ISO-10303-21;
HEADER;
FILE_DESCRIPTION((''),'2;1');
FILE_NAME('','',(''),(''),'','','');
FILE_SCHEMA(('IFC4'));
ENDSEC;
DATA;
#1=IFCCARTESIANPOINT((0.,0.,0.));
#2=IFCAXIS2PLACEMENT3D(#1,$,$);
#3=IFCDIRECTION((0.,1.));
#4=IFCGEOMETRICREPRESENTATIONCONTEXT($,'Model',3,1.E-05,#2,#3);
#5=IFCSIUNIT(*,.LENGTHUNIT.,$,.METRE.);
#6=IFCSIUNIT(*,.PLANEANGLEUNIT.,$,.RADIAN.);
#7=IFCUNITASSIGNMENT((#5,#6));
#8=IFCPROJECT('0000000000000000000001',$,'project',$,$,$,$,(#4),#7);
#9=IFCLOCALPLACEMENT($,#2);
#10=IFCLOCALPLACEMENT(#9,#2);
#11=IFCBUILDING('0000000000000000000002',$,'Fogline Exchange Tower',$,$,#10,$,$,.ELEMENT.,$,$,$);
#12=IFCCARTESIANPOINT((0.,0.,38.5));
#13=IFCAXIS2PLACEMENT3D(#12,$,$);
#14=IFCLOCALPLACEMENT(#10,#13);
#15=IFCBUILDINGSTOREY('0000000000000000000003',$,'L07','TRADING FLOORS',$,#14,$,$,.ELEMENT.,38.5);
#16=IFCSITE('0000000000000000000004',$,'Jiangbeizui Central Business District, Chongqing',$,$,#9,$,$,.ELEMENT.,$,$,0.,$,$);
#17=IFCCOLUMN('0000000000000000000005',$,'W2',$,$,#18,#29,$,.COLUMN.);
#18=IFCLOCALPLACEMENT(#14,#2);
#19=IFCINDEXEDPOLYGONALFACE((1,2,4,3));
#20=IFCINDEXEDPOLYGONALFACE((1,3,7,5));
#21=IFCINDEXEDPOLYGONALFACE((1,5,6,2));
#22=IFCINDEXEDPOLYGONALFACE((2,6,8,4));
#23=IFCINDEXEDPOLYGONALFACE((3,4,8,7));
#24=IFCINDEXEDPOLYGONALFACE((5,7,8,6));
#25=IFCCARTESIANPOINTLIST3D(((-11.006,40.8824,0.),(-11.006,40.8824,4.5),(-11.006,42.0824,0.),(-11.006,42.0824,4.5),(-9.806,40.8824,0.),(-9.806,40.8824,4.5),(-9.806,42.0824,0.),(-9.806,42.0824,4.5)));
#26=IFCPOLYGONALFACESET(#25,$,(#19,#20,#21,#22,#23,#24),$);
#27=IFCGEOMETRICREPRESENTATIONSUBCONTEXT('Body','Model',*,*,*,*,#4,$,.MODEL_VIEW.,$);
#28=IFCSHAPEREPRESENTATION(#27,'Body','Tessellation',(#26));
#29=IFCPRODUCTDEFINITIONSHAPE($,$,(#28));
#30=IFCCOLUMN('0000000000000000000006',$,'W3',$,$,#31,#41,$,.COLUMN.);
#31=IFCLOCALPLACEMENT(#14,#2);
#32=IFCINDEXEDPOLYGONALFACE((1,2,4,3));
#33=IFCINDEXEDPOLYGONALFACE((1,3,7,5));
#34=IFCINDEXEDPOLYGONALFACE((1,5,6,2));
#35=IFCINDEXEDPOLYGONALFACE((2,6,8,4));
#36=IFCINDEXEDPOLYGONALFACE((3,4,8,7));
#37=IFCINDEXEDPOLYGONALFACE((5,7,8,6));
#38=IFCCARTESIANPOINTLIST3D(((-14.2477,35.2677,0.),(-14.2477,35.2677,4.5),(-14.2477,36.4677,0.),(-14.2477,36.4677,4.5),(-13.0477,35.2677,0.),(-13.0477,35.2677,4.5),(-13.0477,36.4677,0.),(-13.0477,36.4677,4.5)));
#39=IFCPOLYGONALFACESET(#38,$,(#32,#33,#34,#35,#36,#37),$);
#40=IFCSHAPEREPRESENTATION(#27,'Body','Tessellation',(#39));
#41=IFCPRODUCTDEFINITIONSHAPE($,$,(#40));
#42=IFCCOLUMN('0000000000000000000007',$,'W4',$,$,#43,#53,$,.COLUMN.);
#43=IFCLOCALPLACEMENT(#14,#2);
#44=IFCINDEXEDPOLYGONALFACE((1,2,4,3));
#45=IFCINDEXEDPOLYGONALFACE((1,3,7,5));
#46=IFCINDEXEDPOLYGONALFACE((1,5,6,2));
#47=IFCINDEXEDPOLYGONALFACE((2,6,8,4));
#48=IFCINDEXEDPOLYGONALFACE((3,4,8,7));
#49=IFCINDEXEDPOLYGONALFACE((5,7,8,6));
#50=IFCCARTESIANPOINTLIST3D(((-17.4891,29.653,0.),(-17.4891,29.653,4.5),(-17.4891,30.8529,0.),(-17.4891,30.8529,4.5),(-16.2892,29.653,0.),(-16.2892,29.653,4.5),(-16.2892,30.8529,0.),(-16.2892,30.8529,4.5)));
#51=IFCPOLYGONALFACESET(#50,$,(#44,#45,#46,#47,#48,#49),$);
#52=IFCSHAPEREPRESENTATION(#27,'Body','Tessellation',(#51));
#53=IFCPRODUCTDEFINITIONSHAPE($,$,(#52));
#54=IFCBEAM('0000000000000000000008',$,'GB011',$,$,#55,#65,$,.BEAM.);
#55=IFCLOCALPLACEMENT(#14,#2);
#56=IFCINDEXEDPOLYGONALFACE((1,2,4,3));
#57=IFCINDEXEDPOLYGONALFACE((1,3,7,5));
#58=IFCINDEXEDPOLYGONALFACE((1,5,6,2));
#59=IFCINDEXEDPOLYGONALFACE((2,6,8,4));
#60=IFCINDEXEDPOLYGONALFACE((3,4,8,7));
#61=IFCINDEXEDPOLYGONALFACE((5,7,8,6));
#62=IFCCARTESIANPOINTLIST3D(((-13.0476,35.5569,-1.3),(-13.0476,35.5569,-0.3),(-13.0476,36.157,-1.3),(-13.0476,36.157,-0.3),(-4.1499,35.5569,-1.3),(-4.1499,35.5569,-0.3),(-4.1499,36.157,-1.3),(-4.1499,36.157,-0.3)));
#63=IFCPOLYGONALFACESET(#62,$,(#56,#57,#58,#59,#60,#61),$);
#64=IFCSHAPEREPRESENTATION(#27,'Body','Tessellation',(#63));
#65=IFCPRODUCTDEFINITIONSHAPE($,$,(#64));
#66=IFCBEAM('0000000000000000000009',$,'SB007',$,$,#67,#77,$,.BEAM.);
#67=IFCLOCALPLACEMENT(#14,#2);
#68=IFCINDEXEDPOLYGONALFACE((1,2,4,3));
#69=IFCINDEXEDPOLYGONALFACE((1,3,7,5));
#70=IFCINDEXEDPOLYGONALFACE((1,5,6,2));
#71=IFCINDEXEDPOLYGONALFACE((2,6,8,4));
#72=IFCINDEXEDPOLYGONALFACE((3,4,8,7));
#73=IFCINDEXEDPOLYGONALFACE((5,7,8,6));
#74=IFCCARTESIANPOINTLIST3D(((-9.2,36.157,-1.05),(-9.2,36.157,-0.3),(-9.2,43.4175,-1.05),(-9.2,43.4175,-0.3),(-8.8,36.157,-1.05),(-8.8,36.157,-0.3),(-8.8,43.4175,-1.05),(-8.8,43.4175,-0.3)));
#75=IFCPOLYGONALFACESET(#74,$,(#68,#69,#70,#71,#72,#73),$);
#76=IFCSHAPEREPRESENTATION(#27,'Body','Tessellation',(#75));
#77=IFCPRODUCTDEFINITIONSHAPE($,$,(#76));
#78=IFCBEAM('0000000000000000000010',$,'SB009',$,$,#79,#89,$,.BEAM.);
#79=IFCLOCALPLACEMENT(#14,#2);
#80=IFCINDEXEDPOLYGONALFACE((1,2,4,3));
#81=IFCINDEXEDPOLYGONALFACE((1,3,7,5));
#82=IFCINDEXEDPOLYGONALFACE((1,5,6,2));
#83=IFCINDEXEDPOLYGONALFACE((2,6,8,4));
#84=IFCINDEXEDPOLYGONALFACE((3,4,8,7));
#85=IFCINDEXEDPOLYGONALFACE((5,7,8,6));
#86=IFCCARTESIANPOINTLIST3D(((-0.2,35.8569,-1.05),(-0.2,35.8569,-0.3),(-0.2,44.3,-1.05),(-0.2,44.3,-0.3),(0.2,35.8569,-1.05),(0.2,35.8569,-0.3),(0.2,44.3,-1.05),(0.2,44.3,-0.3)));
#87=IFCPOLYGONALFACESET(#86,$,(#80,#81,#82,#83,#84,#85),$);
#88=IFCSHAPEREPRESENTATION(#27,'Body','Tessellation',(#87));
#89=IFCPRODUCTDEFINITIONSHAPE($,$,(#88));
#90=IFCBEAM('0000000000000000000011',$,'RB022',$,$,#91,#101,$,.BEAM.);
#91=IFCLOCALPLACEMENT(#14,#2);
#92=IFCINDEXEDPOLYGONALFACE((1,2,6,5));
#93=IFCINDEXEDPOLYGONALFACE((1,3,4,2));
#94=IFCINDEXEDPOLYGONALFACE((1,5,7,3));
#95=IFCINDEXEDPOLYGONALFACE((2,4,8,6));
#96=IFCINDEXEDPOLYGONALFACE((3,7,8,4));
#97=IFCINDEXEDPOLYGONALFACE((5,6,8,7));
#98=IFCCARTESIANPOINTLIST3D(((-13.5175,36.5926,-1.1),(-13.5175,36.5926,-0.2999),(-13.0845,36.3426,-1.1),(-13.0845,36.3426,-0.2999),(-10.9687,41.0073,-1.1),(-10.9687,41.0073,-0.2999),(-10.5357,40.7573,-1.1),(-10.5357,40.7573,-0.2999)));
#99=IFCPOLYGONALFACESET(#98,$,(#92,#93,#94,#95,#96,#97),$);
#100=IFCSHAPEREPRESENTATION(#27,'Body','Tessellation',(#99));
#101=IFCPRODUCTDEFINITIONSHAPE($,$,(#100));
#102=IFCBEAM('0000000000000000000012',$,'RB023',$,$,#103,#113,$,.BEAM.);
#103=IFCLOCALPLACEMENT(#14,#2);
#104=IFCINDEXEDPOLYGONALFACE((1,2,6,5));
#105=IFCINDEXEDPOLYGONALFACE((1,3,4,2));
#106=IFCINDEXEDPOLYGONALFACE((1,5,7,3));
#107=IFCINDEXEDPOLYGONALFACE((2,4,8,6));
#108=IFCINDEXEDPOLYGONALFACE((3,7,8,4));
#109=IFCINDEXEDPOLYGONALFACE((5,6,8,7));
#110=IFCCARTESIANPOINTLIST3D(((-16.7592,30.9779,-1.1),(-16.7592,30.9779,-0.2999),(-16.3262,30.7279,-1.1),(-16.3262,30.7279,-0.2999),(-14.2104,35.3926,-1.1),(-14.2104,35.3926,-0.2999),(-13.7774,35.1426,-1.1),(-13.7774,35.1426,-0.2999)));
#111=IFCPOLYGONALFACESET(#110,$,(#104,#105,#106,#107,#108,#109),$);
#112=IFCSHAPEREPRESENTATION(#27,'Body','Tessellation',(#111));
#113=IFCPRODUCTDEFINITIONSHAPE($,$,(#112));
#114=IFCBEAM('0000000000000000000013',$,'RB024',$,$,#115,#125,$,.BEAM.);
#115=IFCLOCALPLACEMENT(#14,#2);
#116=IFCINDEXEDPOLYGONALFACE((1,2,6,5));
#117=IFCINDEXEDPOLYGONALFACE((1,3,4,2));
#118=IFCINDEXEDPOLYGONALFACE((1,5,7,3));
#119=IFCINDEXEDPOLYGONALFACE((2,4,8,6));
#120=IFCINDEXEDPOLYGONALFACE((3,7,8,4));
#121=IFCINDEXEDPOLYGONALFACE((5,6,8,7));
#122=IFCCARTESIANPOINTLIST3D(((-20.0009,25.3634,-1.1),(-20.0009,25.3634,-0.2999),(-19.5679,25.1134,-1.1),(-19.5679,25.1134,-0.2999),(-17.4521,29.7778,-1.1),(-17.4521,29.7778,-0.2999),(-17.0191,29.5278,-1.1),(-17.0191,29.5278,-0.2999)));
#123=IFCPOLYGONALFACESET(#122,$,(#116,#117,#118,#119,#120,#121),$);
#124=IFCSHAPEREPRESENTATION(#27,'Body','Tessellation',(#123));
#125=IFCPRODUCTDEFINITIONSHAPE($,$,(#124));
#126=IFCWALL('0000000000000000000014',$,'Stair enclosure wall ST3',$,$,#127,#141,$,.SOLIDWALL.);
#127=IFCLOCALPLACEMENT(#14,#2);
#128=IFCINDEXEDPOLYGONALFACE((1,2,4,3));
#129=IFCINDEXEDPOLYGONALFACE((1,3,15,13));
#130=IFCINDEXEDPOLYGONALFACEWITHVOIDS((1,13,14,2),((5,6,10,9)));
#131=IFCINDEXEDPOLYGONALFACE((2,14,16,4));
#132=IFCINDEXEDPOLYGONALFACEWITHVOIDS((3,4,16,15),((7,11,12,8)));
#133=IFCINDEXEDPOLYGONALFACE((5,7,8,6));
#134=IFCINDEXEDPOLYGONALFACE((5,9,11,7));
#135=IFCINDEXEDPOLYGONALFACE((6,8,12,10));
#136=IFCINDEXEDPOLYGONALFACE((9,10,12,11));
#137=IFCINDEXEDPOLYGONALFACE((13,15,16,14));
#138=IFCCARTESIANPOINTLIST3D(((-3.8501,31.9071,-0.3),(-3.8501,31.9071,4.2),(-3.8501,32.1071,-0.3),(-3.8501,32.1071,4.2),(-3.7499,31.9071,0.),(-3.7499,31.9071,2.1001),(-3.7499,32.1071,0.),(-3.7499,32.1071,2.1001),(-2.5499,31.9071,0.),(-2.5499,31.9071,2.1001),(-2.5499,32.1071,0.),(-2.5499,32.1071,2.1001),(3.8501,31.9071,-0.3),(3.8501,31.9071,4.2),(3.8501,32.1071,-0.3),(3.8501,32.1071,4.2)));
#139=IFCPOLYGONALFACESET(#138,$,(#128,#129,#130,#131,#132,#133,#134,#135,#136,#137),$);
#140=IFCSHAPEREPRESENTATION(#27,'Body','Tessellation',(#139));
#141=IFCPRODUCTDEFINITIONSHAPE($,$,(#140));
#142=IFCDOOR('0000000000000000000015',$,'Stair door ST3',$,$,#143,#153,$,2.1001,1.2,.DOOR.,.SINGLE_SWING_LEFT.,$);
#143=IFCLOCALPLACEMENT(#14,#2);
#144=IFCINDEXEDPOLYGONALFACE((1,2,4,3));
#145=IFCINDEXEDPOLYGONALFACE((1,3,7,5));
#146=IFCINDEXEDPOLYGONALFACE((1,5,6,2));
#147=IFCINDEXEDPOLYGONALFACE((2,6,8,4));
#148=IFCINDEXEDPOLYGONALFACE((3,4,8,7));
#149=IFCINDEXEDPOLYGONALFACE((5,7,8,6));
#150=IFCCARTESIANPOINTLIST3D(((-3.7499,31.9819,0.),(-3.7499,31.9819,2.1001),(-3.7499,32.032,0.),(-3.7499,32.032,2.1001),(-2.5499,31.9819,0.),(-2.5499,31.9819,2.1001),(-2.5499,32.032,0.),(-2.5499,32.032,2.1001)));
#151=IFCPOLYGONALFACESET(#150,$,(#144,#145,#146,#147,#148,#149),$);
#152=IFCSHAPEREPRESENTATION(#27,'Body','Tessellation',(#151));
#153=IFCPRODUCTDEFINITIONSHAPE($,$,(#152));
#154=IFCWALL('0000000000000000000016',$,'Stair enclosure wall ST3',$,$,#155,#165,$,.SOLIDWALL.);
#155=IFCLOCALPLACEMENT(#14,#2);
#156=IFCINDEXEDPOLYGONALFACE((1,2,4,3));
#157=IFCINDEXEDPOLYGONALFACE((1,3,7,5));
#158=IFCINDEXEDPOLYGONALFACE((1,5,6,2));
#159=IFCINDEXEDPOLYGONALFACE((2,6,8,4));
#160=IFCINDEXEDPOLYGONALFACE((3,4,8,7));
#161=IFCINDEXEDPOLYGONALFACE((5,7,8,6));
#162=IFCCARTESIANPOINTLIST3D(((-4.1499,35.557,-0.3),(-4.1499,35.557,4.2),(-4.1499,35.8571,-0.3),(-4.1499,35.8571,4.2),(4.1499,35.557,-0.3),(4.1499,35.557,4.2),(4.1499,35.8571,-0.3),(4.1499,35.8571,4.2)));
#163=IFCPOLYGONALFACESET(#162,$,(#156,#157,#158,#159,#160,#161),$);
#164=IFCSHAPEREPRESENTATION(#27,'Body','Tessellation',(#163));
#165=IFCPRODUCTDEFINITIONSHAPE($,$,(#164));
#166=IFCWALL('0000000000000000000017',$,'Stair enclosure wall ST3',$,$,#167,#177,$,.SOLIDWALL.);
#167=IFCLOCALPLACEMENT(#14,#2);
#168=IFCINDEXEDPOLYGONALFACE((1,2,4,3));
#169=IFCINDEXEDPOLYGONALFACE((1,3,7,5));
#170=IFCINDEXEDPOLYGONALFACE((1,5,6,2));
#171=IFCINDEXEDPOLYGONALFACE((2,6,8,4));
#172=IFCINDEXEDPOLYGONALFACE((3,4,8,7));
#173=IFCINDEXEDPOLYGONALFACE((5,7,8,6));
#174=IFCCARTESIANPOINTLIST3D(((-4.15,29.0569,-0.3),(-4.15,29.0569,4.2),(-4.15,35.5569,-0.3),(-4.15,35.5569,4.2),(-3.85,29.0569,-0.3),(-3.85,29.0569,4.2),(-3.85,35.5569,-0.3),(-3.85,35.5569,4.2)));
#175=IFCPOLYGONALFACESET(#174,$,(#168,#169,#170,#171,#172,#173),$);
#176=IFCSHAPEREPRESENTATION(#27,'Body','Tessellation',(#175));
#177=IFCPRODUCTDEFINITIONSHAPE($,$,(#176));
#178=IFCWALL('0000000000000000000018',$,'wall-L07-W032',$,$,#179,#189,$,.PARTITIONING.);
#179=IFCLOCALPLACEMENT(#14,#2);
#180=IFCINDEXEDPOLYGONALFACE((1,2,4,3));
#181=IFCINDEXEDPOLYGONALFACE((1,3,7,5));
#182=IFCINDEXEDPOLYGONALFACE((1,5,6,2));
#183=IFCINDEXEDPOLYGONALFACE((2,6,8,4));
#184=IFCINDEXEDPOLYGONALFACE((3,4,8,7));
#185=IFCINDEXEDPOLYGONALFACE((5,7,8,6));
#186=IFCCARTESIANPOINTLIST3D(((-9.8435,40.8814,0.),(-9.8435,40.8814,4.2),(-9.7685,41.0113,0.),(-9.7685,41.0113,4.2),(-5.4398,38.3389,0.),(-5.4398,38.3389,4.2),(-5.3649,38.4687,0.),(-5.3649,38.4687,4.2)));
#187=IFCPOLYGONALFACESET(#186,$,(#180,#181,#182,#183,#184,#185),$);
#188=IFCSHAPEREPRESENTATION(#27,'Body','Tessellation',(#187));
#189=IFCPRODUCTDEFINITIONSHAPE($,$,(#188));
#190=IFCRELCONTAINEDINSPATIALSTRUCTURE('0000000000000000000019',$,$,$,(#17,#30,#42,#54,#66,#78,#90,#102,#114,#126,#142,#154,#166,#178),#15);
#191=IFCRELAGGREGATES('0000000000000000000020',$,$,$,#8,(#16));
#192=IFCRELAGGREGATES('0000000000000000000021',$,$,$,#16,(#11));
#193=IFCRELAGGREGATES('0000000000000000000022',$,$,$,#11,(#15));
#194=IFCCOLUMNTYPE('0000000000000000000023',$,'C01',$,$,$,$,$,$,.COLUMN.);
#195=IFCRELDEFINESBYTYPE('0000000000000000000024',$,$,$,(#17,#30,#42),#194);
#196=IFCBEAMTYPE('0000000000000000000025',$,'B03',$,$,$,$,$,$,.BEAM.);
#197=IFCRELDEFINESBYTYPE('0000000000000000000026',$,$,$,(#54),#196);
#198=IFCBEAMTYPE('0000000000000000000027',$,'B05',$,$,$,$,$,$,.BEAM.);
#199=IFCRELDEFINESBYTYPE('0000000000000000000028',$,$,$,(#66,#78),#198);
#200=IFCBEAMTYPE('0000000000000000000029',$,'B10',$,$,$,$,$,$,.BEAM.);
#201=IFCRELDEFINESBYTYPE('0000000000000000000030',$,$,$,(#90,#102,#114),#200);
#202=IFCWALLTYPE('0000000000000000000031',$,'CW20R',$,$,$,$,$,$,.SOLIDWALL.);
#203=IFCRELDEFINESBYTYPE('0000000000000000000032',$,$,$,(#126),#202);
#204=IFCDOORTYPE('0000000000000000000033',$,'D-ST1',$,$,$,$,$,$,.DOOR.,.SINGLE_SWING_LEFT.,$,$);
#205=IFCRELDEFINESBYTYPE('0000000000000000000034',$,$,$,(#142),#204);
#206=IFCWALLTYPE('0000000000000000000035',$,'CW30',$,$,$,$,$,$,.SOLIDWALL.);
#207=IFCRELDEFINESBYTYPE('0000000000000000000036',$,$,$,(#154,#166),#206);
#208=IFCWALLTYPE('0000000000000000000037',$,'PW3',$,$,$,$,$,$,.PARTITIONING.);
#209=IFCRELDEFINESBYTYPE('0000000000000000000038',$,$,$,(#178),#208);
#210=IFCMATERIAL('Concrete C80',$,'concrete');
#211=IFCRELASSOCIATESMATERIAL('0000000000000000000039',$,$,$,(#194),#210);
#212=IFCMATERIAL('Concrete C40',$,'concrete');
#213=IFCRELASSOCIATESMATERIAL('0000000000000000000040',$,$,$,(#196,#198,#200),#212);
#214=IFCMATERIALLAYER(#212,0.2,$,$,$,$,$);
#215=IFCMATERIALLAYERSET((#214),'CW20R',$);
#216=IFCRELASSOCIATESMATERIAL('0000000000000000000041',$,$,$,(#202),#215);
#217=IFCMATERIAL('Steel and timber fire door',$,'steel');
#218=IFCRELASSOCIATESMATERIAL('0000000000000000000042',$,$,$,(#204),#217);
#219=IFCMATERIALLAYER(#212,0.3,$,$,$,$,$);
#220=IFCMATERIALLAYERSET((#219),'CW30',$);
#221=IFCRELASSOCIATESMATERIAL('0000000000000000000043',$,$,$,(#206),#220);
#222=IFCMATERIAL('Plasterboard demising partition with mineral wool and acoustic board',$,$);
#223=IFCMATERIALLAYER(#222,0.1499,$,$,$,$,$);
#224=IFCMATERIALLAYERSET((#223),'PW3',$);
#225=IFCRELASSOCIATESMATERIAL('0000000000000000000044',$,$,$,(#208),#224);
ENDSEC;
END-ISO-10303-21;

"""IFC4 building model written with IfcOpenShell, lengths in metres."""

from ifc_helpers import new_model, si_unit, direction, frame, frame_2d, origin, origin_2d, place, context, subcontext, project, spatial, rectangle, extrude, material, layer, layer_set, material_profile, profile_set, type_object, element, fill, save


model = new_model("IFC4")

# Units and contexts
model_context = context("Model", 3, precision=1e-05, world=origin(), true_north=direction((0.0, 1.0)))
body_context = subcontext(model_context, "Body", "Model", "MODEL_VIEW")
ifc_project = project(units=[si_unit("LENGTHUNIT", "METRE"), si_unit("PLANEANGLEUNIT", "RADIAN")], contexts=[model_context])

# Site, building, storey
site_placement = place(None, origin())
site = spatial("IfcSite", under=ifc_project, at=site_placement, Name="Jiangbeizui Central Business District, Chongqing", CompositionType="ELEMENT", RefElevation=0.0)
building_placement = place(site_placement, origin())
building = spatial("IfcBuilding", under=site, at=building_placement, Name="Fogline Exchange Tower", CompositionType="ELEMENT")
storey_placement = place(building_placement, frame((0.0, 0.0, 38.5)))
storey = spatial("IfcBuildingStorey", under=building, at=storey_placement, Name="L07", Description="TRADING FLOORS", CompositionType="ELEMENT", Elevation=38.5)

# Columns
ifc_material_1 = material(Name="Concrete C80", Category="concrete")
ifc_material_profile_1 = material_profile(ifc_material_1, rectangle(XDim=1.2, YDim=1.2, at=origin_2d()), Name="RC 1200x1200")
ifc_profile_set_1 = profile_set([ifc_material_profile_1], Name="Concrete C80")
column_type = type_object("IfcColumnType", Name="C01", PredefinedType="COLUMN", material=ifc_profile_set_1)
for number, where, z_axis, x_axis, name in (
    (1, (-10.406, 41.4824, 0.0), (0.0, 0.0, 1.0), (1.0, 0.0, 0.0), "W2"),
    (2, (-13.6477, 35.8677, 0.0), (0.0, 0.0, 1.0), (1.0, 0.0, 0.0), "W3"),
    (3, (-16.8892, 30.2529, 0.0), (0.0, 0.0, 1.0), (1.0, 0.0, 0.0), "W4"),
):
    element("IfcColumn", number, at=place(storey_placement, frame(where, z_axis=z_axis, x_axis=x_axis)), inside=storey, type_object=column_type, Name=name, PredefinedType="COLUMN", context=body_context, shape_type="SweptSolid", body=[
        extrude(rectangle(XDim=1.2, YDim=1.2, at=origin_2d()), origin(), (0.0, 0.0, 1.0), 4.5),
    ])

# Beams
ifc_material_2 = material(Name="Concrete C40", Category="concrete")
ifc_material_profile_2 = material_profile(ifc_material_2, rectangle(XDim=0.6001, YDim=1.0, at=origin_2d()), Name="RC 600x1000")
ifc_profile_set_2 = profile_set([ifc_material_profile_2], Name="Concrete C40")
beam_type_1 = type_object("IfcBeamType", Name="B03", PredefinedType="BEAM", material=ifc_profile_set_2)
beam_1_placement = place(storey_placement, frame((-13.0476, 35.8569, -0.8), z_axis=(1.0, 0.0, 0.0), x_axis=(0.0, 1.0, 0.0)))
element("IfcBeam", 4, at=beam_1_placement, inside=storey, type_object=beam_type_1, Name="GB011", PredefinedType="BEAM", context=body_context, shape_type="SweptSolid", body=[
    extrude(rectangle(XDim=0.6001, YDim=1.0, at=origin_2d()), origin(), (0.0, 0.0, 1.0), 8.8977),
])
ifc_material_profile_3 = material_profile(ifc_material_2, rectangle(XDim=0.3999, YDim=0.75, at=origin_2d()), Name="RC 400x750")
ifc_profile_set_3 = profile_set([ifc_material_profile_3], Name="Concrete C40")
beam_type_2 = type_object("IfcBeamType", Name="B05", PredefinedType="BEAM", material=ifc_profile_set_3)
beam_2_placement = place(storey_placement, frame((-9.0, 36.157, -0.675), z_axis=(0.0, 1.0, 0.0), x_axis=(-1.0, 0.0, 0.0)))
element("IfcBeam", 5, at=beam_2_placement, inside=storey, type_object=beam_type_2, Name="SB007", PredefinedType="BEAM", context=body_context, shape_type="SweptSolid", body=[
    extrude(rectangle(XDim=0.3999, YDim=0.75, at=origin_2d()), origin(), (0.0, 0.0, 1.0), 7.2605),
])
beam_3_placement = place(storey_placement, frame((0.0, 35.8569, -0.675), z_axis=(0.0, 1.0, 0.0), x_axis=(-1.0, 0.0, 0.0)))
element("IfcBeam", 6, at=beam_3_placement, inside=storey, type_object=beam_type_2, Name="SB009", PredefinedType="BEAM", context=body_context, shape_type="SweptSolid", body=[
    extrude(rectangle(XDim=0.3999, YDim=0.75, at=origin_2d()), origin(), (0.0, 0.0, 1.0), 8.4431),
])
ifc_material_profile_4 = material_profile(ifc_material_2, rectangle(XDim=0.5, YDim=0.8, at=origin_2d()), Name="RC 500x800")
ifc_profile_set_4 = profile_set([ifc_material_profile_4], Name="Concrete C40")
beam_type_3 = type_object("IfcBeamType", Name="B10", PredefinedType="BEAM", material=ifc_profile_set_4)
for number, where, z_axis, x_axis, name in (
    (7, (-10.7522, 40.8823, -0.7), (-0.499992, -0.86603, 0.0), (0.86603, -0.499992, 0.0), "RB022"),
    (8, (-13.9939, 35.2676, -0.7), (-0.499992, -0.86603, 0.0), (0.86603, -0.499992, 0.0), "RB023"),
):
    element("IfcBeam", number, at=place(storey_placement, frame(where, z_axis=z_axis, x_axis=x_axis)), inside=storey, type_object=beam_type_3, Name=name, PredefinedType="BEAM", context=body_context, shape_type="SweptSolid", body=[
        extrude(rectangle(XDim=0.5, YDim=0.8, at=origin_2d()), origin(), (0.0, 0.0, 1.0), 5.0977),
    ])
beam_4_placement = place(storey_placement, frame((-17.2356, 29.6528, -0.7), z_axis=(-0.500013, -0.866018, 0.0), x_axis=(0.866018, -0.500013, 0.0)))
element("IfcBeam", 9, at=beam_4_placement, inside=storey, type_object=beam_type_3, Name="RB024", PredefinedType="BEAM", context=body_context, shape_type="SweptSolid", body=[
    extrude(rectangle(XDim=0.5, YDim=0.8, at=origin_2d()), origin(), (0.0, 0.0, 1.0), 5.0974),
])

# Wall, opening, door
ifc_layer_1 = layer(ifc_material_2, 0.2)
ifc_layer_set_1 = layer_set([ifc_layer_1], Name="CW20R")
wall_type_1 = type_object("IfcWallType", Name="CW20R", PredefinedType="SOLIDWALL", material=ifc_layer_set_1)
wall_1_placement = place(storey_placement, frame((-3.8501, 32.0071, -0.3), z_axis=(0.0, 0.0, 1.0), x_axis=(1.0, 0.0, 0.0)))
wall_1 = element("IfcWall", 10, at=wall_1_placement, inside=storey, type_object=wall_type_1, Name="Stair enclosure wall ST3", PredefinedType="SOLIDWALL", context=body_context, shape_type="SweptSolid", body=[
    extrude(rectangle(XDim=7.7002, YDim=0.2, at=frame_2d((3.8501, 0.0))), origin(), (0.0, 0.0, 1.0), 4.5),
])
opening_placement = place(wall_1_placement, frame((0.1001, 0.0, 0.3)))
opening = element("IfcOpeningElement", 11, at=opening_placement, cuts=wall_1, PredefinedType="OPENING", context=body_context, shape_type="SweptSolid", body=[
    extrude(rectangle(XDim=1.2, YDim=2.1001, at=frame_2d((0.6001, 1.05))), frame((0.0, 0.1099, 0.0), z_axis=(0.0, -1.0, 0.0), x_axis=(1.0, 0.0, 0.0)), (0.0, 0.0, 1.0), 0.22),
])
ifc_material_3 = material(Name="Steel and timber fire door", Category="steel")
door_type = type_object("IfcDoorType", Name="D-ST1", OperationType="SINGLE_SWING_LEFT", PredefinedType="DOOR", material=ifc_material_3)
door_placement = place(opening_placement, origin())
door = element("IfcDoor", 12, at=door_placement, inside=storey, type_object=door_type, Name="Stair door ST3", OperationType="SINGLE_SWING_LEFT", OverallHeight=2.1001, OverallWidth=1.2, PredefinedType="DOOR", context=body_context, shape_type="SweptSolid", body=[
    extrude(rectangle(XDim=1.2, YDim=2.1001, at=frame_2d((0.6001, 1.05))), frame((0.0, 0.0249, 0.0), z_axis=(0.0, -1.0, 0.0), x_axis=(1.0, 0.0, 0.0)), (0.0, 0.0, 1.0), 0.05),
])
fill(opening, door)

# Walls
ifc_layer_2 = layer(ifc_material_2, 0.3)
ifc_layer_set_2 = layer_set([ifc_layer_2], Name="CW30")
wall_type_2 = type_object("IfcWallType", Name="CW30", PredefinedType="SOLIDWALL", material=ifc_layer_set_2)
wall_2_placement = place(storey_placement, frame((-4.1499, 35.707, -0.3), z_axis=(0.0, 0.0, 1.0), x_axis=(1.0, 0.0, 0.0)))
element("IfcWall", 13, at=wall_2_placement, inside=storey, type_object=wall_type_2, Name="Stair enclosure wall ST3", PredefinedType="SOLIDWALL", context=body_context, shape_type="SweptSolid", body=[
    extrude(rectangle(XDim=8.2998, YDim=0.3, at=frame_2d((4.1499, 0.0))), origin(), (0.0, 0.0, 1.0), 4.5),
])
wall_3_placement = place(storey_placement, frame((-4.0, 29.0569, -0.3), z_axis=(0.0, 0.0, 1.0), x_axis=(0.0, 1.0, 0.0)))
element("IfcWall", 14, at=wall_3_placement, inside=storey, type_object=wall_type_2, Name="Stair enclosure wall ST3", PredefinedType="SOLIDWALL", context=body_context, shape_type="SweptSolid", body=[
    extrude(rectangle(XDim=6.5, YDim=0.3, at=frame_2d((3.25, 0.0))), origin(), (0.0, 0.0, 1.0), 4.5),
])
ifc_material_4 = material(Name="Plasterboard demising partition with mineral wool and acoustic board")
ifc_layer_3 = layer(ifc_material_4, 0.1499)
ifc_layer_set_3 = layer_set([ifc_layer_3], Name="PW3")
wall_type_3 = type_object("IfcWallType", Name="PW3", PredefinedType="PARTITIONING", material=ifc_layer_set_3)
wall_4_placement = place(storey_placement, frame((-5.4023, 38.4038, 0.0), z_axis=(0.0, 0.0, 1.0), x_axis=(-0.866018, 0.500012, 0.0)))
element("IfcWall", 15, at=wall_4_placement, inside=storey, type_object=wall_type_3, Name="wall-L07-W032", PredefinedType="PARTITIONING", context=body_context, shape_type="SweptSolid", body=[
    extrude(rectangle(XDim=5.085, YDim=0.1499, at=frame_2d((2.5425, 0.0))), origin(), (0.0, 0.0, 1.0), 4.2),
])

save(model, "model.ifc")
